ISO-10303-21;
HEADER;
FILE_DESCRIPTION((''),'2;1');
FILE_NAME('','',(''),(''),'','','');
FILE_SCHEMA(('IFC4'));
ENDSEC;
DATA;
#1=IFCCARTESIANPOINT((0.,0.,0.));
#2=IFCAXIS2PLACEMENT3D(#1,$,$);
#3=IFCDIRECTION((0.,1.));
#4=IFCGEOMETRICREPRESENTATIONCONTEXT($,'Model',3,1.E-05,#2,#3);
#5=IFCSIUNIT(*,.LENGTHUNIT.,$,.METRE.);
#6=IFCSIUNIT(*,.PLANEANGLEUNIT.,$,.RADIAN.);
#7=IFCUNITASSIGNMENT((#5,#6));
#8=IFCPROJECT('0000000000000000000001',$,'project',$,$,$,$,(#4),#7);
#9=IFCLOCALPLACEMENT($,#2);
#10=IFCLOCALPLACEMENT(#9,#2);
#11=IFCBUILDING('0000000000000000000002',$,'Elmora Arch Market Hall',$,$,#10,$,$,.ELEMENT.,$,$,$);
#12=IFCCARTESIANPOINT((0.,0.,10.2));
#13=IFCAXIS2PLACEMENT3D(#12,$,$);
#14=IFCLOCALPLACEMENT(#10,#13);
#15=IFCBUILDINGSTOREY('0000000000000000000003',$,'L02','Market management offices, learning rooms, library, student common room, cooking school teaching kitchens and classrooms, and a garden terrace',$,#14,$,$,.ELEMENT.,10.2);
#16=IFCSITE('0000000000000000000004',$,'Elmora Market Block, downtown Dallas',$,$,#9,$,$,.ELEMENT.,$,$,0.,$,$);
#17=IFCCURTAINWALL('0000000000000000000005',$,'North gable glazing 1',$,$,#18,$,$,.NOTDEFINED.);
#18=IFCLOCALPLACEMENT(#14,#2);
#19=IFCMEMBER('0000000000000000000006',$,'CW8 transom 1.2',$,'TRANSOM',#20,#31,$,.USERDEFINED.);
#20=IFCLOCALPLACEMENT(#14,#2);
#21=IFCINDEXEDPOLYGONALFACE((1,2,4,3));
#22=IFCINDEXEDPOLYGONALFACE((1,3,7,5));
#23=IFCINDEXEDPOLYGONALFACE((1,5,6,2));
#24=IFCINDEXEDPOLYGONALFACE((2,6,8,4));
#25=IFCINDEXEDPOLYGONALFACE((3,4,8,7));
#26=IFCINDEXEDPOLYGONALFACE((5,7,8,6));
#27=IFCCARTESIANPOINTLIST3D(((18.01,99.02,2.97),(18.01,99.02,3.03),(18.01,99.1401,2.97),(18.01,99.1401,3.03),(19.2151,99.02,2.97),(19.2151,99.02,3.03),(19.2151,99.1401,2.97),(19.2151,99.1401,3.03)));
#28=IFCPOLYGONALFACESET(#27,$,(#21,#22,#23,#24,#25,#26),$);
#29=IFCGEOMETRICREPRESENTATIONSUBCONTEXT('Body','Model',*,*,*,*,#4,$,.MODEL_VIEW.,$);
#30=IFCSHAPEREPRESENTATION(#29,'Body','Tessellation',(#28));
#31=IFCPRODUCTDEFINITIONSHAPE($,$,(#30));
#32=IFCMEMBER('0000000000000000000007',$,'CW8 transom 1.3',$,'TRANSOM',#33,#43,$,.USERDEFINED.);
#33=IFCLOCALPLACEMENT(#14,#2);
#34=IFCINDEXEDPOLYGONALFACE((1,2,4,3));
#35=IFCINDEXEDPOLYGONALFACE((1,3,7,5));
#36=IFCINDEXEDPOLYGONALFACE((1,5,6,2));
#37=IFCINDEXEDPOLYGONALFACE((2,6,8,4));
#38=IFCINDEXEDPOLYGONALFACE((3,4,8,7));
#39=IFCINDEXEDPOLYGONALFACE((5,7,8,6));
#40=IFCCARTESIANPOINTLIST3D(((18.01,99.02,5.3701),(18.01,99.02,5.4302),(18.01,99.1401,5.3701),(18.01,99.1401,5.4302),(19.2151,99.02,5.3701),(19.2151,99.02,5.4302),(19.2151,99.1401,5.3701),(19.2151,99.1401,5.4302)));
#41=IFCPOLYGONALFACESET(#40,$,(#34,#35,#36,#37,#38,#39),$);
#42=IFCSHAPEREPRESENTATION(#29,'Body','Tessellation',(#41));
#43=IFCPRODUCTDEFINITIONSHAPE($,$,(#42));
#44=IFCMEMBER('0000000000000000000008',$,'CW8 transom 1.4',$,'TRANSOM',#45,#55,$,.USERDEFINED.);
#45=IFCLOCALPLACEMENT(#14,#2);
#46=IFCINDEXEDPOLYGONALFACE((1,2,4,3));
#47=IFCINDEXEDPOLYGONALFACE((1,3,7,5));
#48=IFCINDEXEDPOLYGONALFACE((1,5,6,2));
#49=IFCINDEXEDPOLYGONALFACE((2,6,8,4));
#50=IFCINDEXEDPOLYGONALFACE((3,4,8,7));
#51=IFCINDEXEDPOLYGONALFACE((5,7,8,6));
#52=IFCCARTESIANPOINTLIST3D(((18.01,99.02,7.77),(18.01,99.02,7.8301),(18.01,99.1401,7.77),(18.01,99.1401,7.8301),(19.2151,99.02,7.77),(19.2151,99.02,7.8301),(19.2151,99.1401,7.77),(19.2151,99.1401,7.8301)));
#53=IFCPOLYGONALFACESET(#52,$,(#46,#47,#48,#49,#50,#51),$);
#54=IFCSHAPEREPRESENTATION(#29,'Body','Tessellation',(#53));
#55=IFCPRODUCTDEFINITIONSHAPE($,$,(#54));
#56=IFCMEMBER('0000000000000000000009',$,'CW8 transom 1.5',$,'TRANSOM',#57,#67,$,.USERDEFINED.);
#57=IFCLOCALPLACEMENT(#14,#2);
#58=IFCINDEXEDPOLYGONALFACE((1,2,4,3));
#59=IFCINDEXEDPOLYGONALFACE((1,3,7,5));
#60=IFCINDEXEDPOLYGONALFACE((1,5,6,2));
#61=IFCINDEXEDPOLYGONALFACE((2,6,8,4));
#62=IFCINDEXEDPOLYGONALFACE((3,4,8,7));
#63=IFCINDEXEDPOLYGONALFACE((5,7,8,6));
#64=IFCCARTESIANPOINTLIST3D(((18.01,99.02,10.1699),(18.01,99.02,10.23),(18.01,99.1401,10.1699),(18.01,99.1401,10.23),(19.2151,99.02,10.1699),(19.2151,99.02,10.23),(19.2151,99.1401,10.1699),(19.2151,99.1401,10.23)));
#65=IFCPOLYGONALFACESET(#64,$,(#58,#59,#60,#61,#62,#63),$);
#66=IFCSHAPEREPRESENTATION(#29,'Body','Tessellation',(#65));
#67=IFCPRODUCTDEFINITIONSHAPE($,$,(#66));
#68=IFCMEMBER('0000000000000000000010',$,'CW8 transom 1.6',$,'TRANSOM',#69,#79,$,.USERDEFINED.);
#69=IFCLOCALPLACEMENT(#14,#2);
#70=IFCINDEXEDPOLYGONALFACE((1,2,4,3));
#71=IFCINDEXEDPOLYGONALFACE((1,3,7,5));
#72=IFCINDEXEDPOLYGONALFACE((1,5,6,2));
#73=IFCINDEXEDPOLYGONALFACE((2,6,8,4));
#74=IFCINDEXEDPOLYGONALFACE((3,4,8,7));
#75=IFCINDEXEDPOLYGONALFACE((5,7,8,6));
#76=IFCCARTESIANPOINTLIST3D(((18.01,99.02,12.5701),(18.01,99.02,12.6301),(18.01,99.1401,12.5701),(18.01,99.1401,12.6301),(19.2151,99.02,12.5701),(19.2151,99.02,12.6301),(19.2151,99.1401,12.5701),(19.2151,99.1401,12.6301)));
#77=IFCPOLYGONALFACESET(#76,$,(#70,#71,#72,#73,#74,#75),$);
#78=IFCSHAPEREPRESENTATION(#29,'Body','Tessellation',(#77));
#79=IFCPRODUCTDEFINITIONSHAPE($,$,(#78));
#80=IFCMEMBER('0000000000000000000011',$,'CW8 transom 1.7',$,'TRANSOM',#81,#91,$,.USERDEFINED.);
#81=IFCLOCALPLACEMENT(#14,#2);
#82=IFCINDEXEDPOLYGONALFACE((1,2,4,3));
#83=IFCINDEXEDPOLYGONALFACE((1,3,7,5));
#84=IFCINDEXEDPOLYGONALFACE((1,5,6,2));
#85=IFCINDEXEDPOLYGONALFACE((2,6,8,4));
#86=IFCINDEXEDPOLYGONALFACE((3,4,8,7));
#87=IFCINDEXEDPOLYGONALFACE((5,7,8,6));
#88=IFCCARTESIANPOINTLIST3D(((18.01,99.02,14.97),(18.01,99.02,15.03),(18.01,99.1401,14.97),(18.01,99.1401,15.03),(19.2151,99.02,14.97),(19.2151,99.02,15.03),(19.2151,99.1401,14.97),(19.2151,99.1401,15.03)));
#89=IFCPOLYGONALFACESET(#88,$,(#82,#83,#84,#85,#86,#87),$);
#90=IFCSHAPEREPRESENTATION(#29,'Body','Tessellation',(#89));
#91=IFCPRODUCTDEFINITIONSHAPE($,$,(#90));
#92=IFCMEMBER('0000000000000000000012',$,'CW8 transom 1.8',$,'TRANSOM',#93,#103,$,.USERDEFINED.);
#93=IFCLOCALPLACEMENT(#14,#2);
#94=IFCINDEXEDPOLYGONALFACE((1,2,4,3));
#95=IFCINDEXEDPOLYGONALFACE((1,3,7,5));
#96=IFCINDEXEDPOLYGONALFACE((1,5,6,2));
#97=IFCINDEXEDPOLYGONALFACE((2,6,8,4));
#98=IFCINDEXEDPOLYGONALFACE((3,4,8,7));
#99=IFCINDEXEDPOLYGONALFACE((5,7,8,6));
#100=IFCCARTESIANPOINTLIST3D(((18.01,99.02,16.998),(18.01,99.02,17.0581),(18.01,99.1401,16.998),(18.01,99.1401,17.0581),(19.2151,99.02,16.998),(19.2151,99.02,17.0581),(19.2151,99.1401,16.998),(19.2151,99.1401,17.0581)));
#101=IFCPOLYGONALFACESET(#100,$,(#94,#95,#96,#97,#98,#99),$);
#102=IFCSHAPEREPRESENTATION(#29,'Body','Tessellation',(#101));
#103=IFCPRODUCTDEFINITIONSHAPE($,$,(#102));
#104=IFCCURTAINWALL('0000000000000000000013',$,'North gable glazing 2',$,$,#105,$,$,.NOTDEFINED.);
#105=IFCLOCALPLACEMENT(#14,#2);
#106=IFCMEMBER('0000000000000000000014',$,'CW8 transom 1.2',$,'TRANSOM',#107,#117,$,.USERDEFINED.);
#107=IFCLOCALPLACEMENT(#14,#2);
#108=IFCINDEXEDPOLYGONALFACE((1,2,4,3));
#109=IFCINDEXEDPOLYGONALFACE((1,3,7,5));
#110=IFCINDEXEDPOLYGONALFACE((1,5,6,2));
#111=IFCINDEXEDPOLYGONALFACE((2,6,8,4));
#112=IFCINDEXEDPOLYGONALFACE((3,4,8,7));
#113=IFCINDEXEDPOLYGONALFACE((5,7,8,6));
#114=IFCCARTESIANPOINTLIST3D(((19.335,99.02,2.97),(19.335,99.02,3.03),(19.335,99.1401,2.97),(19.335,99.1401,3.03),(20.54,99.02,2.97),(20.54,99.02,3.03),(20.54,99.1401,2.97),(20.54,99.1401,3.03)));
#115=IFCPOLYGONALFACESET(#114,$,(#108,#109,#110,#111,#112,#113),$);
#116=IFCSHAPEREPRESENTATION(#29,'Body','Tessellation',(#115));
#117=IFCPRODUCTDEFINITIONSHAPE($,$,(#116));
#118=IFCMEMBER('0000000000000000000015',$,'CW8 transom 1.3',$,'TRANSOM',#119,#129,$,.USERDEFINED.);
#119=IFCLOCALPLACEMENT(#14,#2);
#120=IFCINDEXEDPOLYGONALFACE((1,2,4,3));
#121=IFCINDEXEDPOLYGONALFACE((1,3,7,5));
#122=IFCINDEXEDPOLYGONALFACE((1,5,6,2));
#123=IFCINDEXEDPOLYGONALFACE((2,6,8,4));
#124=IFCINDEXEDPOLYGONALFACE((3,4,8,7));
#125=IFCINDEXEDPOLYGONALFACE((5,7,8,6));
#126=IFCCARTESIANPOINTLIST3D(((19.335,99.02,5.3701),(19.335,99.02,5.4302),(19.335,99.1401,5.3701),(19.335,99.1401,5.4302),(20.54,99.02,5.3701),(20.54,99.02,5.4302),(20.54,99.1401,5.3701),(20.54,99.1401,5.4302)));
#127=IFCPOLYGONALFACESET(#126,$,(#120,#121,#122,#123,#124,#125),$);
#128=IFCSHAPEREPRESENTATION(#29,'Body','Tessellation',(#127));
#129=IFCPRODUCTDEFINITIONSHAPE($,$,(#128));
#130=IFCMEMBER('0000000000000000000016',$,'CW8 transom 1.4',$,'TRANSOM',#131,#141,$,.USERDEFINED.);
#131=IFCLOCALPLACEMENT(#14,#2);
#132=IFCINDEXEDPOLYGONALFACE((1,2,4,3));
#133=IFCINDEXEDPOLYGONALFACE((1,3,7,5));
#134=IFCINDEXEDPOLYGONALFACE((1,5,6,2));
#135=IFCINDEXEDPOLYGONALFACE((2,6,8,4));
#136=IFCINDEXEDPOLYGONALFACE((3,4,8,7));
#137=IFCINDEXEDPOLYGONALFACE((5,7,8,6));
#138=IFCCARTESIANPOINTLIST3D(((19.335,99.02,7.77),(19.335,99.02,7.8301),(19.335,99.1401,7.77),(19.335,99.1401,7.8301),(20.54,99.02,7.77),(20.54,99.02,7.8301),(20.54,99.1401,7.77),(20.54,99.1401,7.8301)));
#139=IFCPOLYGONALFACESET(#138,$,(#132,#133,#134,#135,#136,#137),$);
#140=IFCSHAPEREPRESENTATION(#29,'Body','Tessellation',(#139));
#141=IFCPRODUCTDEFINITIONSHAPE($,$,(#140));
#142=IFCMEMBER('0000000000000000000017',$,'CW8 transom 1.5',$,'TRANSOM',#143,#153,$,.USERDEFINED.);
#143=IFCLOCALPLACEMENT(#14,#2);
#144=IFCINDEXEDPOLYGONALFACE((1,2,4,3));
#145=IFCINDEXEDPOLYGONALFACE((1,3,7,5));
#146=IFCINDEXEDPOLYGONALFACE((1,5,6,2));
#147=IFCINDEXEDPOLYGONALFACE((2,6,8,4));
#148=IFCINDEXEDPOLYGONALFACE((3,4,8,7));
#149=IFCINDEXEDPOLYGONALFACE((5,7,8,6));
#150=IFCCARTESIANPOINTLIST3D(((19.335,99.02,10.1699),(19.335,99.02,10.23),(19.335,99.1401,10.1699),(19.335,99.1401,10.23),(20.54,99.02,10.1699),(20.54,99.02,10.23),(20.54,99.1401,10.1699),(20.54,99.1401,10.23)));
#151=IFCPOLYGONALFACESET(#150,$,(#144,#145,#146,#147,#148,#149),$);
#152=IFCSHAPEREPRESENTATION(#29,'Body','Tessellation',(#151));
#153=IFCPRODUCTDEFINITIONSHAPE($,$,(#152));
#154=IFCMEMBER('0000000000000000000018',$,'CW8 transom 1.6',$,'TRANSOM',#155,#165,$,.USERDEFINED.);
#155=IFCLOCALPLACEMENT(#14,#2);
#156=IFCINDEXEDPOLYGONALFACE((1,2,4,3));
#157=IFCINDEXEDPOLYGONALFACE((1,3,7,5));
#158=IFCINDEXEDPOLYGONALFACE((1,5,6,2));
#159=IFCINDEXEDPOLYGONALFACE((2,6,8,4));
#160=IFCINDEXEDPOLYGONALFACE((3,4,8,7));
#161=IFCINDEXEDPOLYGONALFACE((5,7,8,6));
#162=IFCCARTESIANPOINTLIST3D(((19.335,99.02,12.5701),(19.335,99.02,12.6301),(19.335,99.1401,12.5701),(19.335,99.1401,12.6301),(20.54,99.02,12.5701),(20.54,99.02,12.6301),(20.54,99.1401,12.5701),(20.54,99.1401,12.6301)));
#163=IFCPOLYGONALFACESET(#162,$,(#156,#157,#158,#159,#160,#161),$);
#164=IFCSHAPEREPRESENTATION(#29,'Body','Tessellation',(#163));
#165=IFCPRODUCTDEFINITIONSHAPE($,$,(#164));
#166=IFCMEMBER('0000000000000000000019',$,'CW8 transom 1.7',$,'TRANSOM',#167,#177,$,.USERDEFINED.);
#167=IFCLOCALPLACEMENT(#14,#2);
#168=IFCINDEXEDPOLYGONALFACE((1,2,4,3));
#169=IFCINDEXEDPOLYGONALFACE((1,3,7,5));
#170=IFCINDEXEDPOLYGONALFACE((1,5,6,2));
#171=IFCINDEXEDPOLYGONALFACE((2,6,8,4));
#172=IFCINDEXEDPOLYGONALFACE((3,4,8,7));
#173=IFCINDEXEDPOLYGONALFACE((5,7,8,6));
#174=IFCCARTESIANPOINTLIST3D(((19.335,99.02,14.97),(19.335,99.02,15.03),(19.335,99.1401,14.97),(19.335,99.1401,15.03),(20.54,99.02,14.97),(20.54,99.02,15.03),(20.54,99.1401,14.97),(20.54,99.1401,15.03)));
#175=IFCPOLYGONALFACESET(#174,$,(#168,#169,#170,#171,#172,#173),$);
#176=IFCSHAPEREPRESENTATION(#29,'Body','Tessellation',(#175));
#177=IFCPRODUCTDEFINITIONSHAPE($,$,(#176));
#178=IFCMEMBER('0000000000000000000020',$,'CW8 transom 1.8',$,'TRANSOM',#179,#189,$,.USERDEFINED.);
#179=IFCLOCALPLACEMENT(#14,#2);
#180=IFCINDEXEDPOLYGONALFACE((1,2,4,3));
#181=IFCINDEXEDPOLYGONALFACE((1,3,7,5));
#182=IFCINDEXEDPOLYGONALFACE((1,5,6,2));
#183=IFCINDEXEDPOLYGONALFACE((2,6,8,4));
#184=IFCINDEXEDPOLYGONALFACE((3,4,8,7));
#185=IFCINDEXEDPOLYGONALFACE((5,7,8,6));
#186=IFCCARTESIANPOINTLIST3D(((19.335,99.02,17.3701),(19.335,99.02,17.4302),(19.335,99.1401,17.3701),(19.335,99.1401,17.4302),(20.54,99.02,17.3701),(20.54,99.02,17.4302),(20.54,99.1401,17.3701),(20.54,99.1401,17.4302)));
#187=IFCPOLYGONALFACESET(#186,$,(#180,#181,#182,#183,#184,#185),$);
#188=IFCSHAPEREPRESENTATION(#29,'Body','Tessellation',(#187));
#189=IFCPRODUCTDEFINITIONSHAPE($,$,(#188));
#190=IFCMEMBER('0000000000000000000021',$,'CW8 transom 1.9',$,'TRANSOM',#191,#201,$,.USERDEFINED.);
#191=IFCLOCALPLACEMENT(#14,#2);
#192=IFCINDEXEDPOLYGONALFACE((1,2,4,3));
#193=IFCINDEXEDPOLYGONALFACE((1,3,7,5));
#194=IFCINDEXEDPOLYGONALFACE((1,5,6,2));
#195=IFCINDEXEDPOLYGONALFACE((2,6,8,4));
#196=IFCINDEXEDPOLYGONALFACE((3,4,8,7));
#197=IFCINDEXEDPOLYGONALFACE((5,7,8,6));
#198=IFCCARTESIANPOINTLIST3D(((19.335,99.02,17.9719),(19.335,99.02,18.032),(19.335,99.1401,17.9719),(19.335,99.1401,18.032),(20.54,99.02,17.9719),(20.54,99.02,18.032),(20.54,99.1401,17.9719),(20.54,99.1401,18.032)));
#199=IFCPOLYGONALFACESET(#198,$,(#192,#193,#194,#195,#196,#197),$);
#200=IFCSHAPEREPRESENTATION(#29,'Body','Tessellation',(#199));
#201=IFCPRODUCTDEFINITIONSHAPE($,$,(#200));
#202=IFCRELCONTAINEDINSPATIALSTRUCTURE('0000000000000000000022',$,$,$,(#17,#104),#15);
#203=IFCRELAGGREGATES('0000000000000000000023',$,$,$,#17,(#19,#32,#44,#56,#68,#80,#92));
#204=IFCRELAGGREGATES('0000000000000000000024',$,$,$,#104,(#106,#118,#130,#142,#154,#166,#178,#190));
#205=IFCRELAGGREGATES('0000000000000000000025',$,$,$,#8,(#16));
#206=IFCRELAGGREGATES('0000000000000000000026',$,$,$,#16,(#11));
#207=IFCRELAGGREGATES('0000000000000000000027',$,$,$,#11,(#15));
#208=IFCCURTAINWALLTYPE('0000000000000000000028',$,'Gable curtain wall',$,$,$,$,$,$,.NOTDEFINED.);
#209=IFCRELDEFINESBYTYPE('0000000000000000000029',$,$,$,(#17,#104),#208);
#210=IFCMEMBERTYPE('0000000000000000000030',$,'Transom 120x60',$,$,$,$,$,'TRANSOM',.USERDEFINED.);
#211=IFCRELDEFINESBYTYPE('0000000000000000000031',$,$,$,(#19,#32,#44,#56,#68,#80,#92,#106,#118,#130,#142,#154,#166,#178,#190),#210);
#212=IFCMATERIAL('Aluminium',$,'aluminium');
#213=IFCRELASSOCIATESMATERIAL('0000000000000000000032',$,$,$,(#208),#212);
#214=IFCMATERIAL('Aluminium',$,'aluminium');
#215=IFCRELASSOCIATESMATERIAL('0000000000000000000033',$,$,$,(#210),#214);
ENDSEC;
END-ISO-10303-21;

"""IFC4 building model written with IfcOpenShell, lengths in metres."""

from ifc_helpers import new_model, si_unit, direction, frame, origin, origin_2d, place, context, subcontext, project, spatial, rectangle, extrude, material, material_profile, profile_set, type_object, element, aggregate, save


model = new_model("IFC4")

# Units and contexts
model_context = context("Model", 3, precision=1e-05, world=origin(), true_north=direction((0.0, 1.0)))
body_context = subcontext(model_context, "Body", "Model", "MODEL_VIEW")
ifc_project = project(units=[si_unit("LENGTHUNIT", "METRE"), si_unit("PLANEANGLEUNIT", "RADIAN")], contexts=[model_context])

# Site, building, storey
site_placement = place(None, origin())
site = spatial("IfcSite", under=ifc_project, at=site_placement, Name="Elmora Market Block, downtown Dallas", CompositionType="ELEMENT", RefElevation=0.0)
building_placement = place(site_placement, origin())
building = spatial("IfcBuilding", under=site, at=building_placement, Name="Elmora Arch Market Hall", CompositionType="ELEMENT")
storey_placement = place(building_placement, frame((0.0, 0.0, 10.2)))
storey = spatial("IfcBuildingStorey", under=building, at=storey_placement, Name="L02", Description="Market management offices, learning rooms, library, student common room, cooking school teaching kitchens and classrooms, and a garden terrace", CompositionType="ELEMENT", Elevation=10.2)

# Curtain walls, members
ifc_material_1 = material(Name="Aluminium", Category="aluminium")
curtain_wall_type_1 = type_object("IfcCurtainWallType", Name="Gable curtain wall", PredefinedType="NOTDEFINED", material=ifc_material_1)
curtain_wall_1_placement = place(storey_placement, origin())
curtain_wall_1 = element("IfcCurtainWall", 1, at=curtain_wall_1_placement, inside=storey, type_object=curtain_wall_type_1, Name="North gable glazing 1", PredefinedType="NOTDEFINED")
ifc_material_2 = material(Name="Aluminium", Category="aluminium")
ifc_material_profile = material_profile(ifc_material_2, rectangle(XDim=0.1201, YDim=0.0601, at=origin_2d()), Name="AL 120x60")
ifc_profile_set = profile_set([ifc_material_profile], Name="Aluminium")
member_type = type_object("IfcMemberType", Name="Transom 120x60", ElementType="TRANSOM", PredefinedType="USERDEFINED", material=ifc_profile_set)
member_1_placement = place(storey_placement, frame((18.01, 99.0801, 3.0), z_axis=(1.0, 0.0, 0.0), x_axis=(0.0, 1.0, 0.0)))
member_1 = element("IfcMember", 2, at=member_1_placement, type_object=member_type, Name="CW8 transom 1.2", ObjectType="TRANSOM", PredefinedType="USERDEFINED", context=body_context, shape_type="SweptSolid", body=[
    extrude(rectangle(XDim=0.1201, YDim=0.0601, at=origin_2d()), origin(), (0.0, 0.0, 1.0), 1.2051),
])
member_2_placement = place(storey_placement, frame((18.01, 99.0801, 5.4001), z_axis=(1.0, 0.0, 0.0), x_axis=(0.0, 1.0, 0.0)))
member_2 = element("IfcMember", 3, at=member_2_placement, type_object=member_type, Name="CW8 transom 1.3", ObjectType="TRANSOM", PredefinedType="USERDEFINED", context=body_context, shape_type="SweptSolid", body=[
    extrude(rectangle(XDim=0.1201, YDim=0.0601, at=origin_2d()), origin(), (0.0, 0.0, 1.0), 1.2051),
])
member_3_placement = place(storey_placement, frame((18.01, 99.0801, 7.8), z_axis=(1.0, 0.0, 0.0), x_axis=(0.0, 1.0, 0.0)))
member_3 = element("IfcMember", 4, at=member_3_placement, type_object=member_type, Name="CW8 transom 1.4", ObjectType="TRANSOM", PredefinedType="USERDEFINED", context=body_context, shape_type="SweptSolid", body=[
    extrude(rectangle(XDim=0.1201, YDim=0.0601, at=origin_2d()), origin(), (0.0, 0.0, 1.0), 1.2051),
])
member_4_placement = place(storey_placement, frame((18.01, 99.0801, 10.2), z_axis=(1.0, 0.0, 0.0), x_axis=(0.0, 1.0, 0.0)))
member_4 = element("IfcMember", 5, at=member_4_placement, type_object=member_type, Name="CW8 transom 1.5", ObjectType="TRANSOM", PredefinedType="USERDEFINED", context=body_context, shape_type="SweptSolid", body=[
    extrude(rectangle(XDim=0.1201, YDim=0.0601, at=origin_2d()), origin(), (0.0, 0.0, 1.0), 1.2051),
])
member_5_placement = place(storey_placement, frame((18.01, 99.0801, 12.6001), z_axis=(1.0, 0.0, 0.0), x_axis=(0.0, 1.0, 0.0)))
member_5 = element("IfcMember", 6, at=member_5_placement, type_object=member_type, Name="CW8 transom 1.6", ObjectType="TRANSOM", PredefinedType="USERDEFINED", context=body_context, shape_type="SweptSolid", body=[
    extrude(rectangle(XDim=0.1201, YDim=0.0601, at=origin_2d()), origin(), (0.0, 0.0, 1.0), 1.2051),
])
member_6_placement = place(storey_placement, frame((18.01, 99.0801, 15.0), z_axis=(1.0, 0.0, 0.0), x_axis=(0.0, 1.0, 0.0)))
member_6 = element("IfcMember", 7, at=member_6_placement, type_object=member_type, Name="CW8 transom 1.7", ObjectType="TRANSOM", PredefinedType="USERDEFINED", context=body_context, shape_type="SweptSolid", body=[
    extrude(rectangle(XDim=0.1201, YDim=0.0601, at=origin_2d()), origin(), (0.0, 0.0, 1.0), 1.2051),
])
member_7_placement = place(storey_placement, frame((18.01, 99.0801, 17.0281), z_axis=(1.0, 0.0, 0.0), x_axis=(0.0, 1.0, 0.0)))
member_7 = element("IfcMember", 8, at=member_7_placement, type_object=member_type, Name="CW8 transom 1.8", ObjectType="TRANSOM", PredefinedType="USERDEFINED", context=body_context, shape_type="SweptSolid", body=[
    extrude(rectangle(XDim=0.1201, YDim=0.0601, at=origin_2d()), origin(), (0.0, 0.0, 1.0), 1.2051),
])
curtain_wall_2_placement = place(storey_placement, origin())
curtain_wall_2 = element("IfcCurtainWall", 9, at=curtain_wall_2_placement, inside=storey, type_object=curtain_wall_type_1, Name="North gable glazing 2", PredefinedType="NOTDEFINED")
member_8_placement = place(storey_placement, frame((19.335, 99.0801, 3.0), z_axis=(1.0, 0.0, 0.0), x_axis=(0.0, 1.0, 0.0)))
member_8 = element("IfcMember", 10, at=member_8_placement, type_object=member_type, Name="CW8 transom 1.2", ObjectType="TRANSOM", PredefinedType="USERDEFINED", context=body_context, shape_type="SweptSolid", body=[
    extrude(rectangle(XDim=0.1201, YDim=0.0601, at=origin_2d()), origin(), (0.0, 0.0, 1.0), 1.2051),
])
member_9_placement = place(storey_placement, frame((19.335, 99.0801, 5.4001), z_axis=(1.0, 0.0, 0.0), x_axis=(0.0, 1.0, 0.0)))
member_9 = element("IfcMember", 11, at=member_9_placement, type_object=member_type, Name="CW8 transom 1.3", ObjectType="TRANSOM", PredefinedType="USERDEFINED", context=body_context, shape_type="SweptSolid", body=[
    extrude(rectangle(XDim=0.1201, YDim=0.0601, at=origin_2d()), origin(), (0.0, 0.0, 1.0), 1.2051),
])
member_10_placement = place(storey_placement, frame((19.335, 99.0801, 7.8), z_axis=(1.0, 0.0, 0.0), x_axis=(0.0, 1.0, 0.0)))
member_10 = element("IfcMember", 12, at=member_10_placement, type_object=member_type, Name="CW8 transom 1.4", ObjectType="TRANSOM", PredefinedType="USERDEFINED", context=body_context, shape_type="SweptSolid", body=[
    extrude(rectangle(XDim=0.1201, YDim=0.0601, at=origin_2d()), origin(), (0.0, 0.0, 1.0), 1.2051),
])
member_11_placement = place(storey_placement, frame((19.335, 99.0801, 10.2), z_axis=(1.0, 0.0, 0.0), x_axis=(0.0, 1.0, 0.0)))
member_11 = element("IfcMember", 13, at=member_11_placement, type_object=member_type, Name="CW8 transom 1.5", ObjectType="TRANSOM", PredefinedType="USERDEFINED", context=body_context, shape_type="SweptSolid", body=[
    extrude(rectangle(XDim=0.1201, YDim=0.0601, at=origin_2d()), origin(), (0.0, 0.0, 1.0), 1.2051),
])
member_12_placement = place(storey_placement, frame((19.335, 99.0801, 12.6001), z_axis=(1.0, 0.0, 0.0), x_axis=(0.0, 1.0, 0.0)))
member_12 = element("IfcMember", 14, at=member_12_placement, type_object=member_type, Name="CW8 transom 1.6", ObjectType="TRANSOM", PredefinedType="USERDEFINED", context=body_context, shape_type="SweptSolid", body=[
    extrude(rectangle(XDim=0.1201, YDim=0.0601, at=origin_2d()), origin(), (0.0, 0.0, 1.0), 1.2051),
])
member_13_placement = place(storey_placement, frame((19.335, 99.0801, 15.0), z_axis=(1.0, 0.0, 0.0), x_axis=(0.0, 1.0, 0.0)))
member_13 = element("IfcMember", 15, at=member_13_placement, type_object=member_type, Name="CW8 transom 1.7", ObjectType="TRANSOM", PredefinedType="USERDEFINED", context=body_context, shape_type="SweptSolid", body=[
    extrude(rectangle(XDim=0.1201, YDim=0.0601, at=origin_2d()), origin(), (0.0, 0.0, 1.0), 1.2051),
])
member_14_placement = place(storey_placement, frame((19.335, 99.0801, 17.4001), z_axis=(1.0, 0.0, 0.0), x_axis=(0.0, 1.0, 0.0)))
member_14 = element("IfcMember", 16, at=member_14_placement, type_object=member_type, Name="CW8 transom 1.8", ObjectType="TRANSOM", PredefinedType="USERDEFINED", context=body_context, shape_type="SweptSolid", body=[
    extrude(rectangle(XDim=0.1201, YDim=0.0601, at=origin_2d()), origin(), (0.0, 0.0, 1.0), 1.2051),
])
member_15_placement = place(storey_placement, frame((19.335, 99.0801, 18.002), z_axis=(1.0, 0.0, 0.0), x_axis=(0.0, 1.0, 0.0)))
member_15 = element("IfcMember", 17, at=member_15_placement, type_object=member_type, Name="CW8 transom 1.9", ObjectType="TRANSOM", PredefinedType="USERDEFINED", context=body_context, shape_type="SweptSolid", body=[
    extrude(rectangle(XDim=0.1201, YDim=0.0601, at=origin_2d()), origin(), (0.0, 0.0, 1.0), 1.2051),
])

aggregate(curtain_wall_1, [member_1, member_2, member_3, member_4, member_5, member_6, member_7])
aggregate(curtain_wall_2, [member_8, member_9, member_10, member_11, member_12, member_13, member_14, member_15])

save(model, "model.ifc")
